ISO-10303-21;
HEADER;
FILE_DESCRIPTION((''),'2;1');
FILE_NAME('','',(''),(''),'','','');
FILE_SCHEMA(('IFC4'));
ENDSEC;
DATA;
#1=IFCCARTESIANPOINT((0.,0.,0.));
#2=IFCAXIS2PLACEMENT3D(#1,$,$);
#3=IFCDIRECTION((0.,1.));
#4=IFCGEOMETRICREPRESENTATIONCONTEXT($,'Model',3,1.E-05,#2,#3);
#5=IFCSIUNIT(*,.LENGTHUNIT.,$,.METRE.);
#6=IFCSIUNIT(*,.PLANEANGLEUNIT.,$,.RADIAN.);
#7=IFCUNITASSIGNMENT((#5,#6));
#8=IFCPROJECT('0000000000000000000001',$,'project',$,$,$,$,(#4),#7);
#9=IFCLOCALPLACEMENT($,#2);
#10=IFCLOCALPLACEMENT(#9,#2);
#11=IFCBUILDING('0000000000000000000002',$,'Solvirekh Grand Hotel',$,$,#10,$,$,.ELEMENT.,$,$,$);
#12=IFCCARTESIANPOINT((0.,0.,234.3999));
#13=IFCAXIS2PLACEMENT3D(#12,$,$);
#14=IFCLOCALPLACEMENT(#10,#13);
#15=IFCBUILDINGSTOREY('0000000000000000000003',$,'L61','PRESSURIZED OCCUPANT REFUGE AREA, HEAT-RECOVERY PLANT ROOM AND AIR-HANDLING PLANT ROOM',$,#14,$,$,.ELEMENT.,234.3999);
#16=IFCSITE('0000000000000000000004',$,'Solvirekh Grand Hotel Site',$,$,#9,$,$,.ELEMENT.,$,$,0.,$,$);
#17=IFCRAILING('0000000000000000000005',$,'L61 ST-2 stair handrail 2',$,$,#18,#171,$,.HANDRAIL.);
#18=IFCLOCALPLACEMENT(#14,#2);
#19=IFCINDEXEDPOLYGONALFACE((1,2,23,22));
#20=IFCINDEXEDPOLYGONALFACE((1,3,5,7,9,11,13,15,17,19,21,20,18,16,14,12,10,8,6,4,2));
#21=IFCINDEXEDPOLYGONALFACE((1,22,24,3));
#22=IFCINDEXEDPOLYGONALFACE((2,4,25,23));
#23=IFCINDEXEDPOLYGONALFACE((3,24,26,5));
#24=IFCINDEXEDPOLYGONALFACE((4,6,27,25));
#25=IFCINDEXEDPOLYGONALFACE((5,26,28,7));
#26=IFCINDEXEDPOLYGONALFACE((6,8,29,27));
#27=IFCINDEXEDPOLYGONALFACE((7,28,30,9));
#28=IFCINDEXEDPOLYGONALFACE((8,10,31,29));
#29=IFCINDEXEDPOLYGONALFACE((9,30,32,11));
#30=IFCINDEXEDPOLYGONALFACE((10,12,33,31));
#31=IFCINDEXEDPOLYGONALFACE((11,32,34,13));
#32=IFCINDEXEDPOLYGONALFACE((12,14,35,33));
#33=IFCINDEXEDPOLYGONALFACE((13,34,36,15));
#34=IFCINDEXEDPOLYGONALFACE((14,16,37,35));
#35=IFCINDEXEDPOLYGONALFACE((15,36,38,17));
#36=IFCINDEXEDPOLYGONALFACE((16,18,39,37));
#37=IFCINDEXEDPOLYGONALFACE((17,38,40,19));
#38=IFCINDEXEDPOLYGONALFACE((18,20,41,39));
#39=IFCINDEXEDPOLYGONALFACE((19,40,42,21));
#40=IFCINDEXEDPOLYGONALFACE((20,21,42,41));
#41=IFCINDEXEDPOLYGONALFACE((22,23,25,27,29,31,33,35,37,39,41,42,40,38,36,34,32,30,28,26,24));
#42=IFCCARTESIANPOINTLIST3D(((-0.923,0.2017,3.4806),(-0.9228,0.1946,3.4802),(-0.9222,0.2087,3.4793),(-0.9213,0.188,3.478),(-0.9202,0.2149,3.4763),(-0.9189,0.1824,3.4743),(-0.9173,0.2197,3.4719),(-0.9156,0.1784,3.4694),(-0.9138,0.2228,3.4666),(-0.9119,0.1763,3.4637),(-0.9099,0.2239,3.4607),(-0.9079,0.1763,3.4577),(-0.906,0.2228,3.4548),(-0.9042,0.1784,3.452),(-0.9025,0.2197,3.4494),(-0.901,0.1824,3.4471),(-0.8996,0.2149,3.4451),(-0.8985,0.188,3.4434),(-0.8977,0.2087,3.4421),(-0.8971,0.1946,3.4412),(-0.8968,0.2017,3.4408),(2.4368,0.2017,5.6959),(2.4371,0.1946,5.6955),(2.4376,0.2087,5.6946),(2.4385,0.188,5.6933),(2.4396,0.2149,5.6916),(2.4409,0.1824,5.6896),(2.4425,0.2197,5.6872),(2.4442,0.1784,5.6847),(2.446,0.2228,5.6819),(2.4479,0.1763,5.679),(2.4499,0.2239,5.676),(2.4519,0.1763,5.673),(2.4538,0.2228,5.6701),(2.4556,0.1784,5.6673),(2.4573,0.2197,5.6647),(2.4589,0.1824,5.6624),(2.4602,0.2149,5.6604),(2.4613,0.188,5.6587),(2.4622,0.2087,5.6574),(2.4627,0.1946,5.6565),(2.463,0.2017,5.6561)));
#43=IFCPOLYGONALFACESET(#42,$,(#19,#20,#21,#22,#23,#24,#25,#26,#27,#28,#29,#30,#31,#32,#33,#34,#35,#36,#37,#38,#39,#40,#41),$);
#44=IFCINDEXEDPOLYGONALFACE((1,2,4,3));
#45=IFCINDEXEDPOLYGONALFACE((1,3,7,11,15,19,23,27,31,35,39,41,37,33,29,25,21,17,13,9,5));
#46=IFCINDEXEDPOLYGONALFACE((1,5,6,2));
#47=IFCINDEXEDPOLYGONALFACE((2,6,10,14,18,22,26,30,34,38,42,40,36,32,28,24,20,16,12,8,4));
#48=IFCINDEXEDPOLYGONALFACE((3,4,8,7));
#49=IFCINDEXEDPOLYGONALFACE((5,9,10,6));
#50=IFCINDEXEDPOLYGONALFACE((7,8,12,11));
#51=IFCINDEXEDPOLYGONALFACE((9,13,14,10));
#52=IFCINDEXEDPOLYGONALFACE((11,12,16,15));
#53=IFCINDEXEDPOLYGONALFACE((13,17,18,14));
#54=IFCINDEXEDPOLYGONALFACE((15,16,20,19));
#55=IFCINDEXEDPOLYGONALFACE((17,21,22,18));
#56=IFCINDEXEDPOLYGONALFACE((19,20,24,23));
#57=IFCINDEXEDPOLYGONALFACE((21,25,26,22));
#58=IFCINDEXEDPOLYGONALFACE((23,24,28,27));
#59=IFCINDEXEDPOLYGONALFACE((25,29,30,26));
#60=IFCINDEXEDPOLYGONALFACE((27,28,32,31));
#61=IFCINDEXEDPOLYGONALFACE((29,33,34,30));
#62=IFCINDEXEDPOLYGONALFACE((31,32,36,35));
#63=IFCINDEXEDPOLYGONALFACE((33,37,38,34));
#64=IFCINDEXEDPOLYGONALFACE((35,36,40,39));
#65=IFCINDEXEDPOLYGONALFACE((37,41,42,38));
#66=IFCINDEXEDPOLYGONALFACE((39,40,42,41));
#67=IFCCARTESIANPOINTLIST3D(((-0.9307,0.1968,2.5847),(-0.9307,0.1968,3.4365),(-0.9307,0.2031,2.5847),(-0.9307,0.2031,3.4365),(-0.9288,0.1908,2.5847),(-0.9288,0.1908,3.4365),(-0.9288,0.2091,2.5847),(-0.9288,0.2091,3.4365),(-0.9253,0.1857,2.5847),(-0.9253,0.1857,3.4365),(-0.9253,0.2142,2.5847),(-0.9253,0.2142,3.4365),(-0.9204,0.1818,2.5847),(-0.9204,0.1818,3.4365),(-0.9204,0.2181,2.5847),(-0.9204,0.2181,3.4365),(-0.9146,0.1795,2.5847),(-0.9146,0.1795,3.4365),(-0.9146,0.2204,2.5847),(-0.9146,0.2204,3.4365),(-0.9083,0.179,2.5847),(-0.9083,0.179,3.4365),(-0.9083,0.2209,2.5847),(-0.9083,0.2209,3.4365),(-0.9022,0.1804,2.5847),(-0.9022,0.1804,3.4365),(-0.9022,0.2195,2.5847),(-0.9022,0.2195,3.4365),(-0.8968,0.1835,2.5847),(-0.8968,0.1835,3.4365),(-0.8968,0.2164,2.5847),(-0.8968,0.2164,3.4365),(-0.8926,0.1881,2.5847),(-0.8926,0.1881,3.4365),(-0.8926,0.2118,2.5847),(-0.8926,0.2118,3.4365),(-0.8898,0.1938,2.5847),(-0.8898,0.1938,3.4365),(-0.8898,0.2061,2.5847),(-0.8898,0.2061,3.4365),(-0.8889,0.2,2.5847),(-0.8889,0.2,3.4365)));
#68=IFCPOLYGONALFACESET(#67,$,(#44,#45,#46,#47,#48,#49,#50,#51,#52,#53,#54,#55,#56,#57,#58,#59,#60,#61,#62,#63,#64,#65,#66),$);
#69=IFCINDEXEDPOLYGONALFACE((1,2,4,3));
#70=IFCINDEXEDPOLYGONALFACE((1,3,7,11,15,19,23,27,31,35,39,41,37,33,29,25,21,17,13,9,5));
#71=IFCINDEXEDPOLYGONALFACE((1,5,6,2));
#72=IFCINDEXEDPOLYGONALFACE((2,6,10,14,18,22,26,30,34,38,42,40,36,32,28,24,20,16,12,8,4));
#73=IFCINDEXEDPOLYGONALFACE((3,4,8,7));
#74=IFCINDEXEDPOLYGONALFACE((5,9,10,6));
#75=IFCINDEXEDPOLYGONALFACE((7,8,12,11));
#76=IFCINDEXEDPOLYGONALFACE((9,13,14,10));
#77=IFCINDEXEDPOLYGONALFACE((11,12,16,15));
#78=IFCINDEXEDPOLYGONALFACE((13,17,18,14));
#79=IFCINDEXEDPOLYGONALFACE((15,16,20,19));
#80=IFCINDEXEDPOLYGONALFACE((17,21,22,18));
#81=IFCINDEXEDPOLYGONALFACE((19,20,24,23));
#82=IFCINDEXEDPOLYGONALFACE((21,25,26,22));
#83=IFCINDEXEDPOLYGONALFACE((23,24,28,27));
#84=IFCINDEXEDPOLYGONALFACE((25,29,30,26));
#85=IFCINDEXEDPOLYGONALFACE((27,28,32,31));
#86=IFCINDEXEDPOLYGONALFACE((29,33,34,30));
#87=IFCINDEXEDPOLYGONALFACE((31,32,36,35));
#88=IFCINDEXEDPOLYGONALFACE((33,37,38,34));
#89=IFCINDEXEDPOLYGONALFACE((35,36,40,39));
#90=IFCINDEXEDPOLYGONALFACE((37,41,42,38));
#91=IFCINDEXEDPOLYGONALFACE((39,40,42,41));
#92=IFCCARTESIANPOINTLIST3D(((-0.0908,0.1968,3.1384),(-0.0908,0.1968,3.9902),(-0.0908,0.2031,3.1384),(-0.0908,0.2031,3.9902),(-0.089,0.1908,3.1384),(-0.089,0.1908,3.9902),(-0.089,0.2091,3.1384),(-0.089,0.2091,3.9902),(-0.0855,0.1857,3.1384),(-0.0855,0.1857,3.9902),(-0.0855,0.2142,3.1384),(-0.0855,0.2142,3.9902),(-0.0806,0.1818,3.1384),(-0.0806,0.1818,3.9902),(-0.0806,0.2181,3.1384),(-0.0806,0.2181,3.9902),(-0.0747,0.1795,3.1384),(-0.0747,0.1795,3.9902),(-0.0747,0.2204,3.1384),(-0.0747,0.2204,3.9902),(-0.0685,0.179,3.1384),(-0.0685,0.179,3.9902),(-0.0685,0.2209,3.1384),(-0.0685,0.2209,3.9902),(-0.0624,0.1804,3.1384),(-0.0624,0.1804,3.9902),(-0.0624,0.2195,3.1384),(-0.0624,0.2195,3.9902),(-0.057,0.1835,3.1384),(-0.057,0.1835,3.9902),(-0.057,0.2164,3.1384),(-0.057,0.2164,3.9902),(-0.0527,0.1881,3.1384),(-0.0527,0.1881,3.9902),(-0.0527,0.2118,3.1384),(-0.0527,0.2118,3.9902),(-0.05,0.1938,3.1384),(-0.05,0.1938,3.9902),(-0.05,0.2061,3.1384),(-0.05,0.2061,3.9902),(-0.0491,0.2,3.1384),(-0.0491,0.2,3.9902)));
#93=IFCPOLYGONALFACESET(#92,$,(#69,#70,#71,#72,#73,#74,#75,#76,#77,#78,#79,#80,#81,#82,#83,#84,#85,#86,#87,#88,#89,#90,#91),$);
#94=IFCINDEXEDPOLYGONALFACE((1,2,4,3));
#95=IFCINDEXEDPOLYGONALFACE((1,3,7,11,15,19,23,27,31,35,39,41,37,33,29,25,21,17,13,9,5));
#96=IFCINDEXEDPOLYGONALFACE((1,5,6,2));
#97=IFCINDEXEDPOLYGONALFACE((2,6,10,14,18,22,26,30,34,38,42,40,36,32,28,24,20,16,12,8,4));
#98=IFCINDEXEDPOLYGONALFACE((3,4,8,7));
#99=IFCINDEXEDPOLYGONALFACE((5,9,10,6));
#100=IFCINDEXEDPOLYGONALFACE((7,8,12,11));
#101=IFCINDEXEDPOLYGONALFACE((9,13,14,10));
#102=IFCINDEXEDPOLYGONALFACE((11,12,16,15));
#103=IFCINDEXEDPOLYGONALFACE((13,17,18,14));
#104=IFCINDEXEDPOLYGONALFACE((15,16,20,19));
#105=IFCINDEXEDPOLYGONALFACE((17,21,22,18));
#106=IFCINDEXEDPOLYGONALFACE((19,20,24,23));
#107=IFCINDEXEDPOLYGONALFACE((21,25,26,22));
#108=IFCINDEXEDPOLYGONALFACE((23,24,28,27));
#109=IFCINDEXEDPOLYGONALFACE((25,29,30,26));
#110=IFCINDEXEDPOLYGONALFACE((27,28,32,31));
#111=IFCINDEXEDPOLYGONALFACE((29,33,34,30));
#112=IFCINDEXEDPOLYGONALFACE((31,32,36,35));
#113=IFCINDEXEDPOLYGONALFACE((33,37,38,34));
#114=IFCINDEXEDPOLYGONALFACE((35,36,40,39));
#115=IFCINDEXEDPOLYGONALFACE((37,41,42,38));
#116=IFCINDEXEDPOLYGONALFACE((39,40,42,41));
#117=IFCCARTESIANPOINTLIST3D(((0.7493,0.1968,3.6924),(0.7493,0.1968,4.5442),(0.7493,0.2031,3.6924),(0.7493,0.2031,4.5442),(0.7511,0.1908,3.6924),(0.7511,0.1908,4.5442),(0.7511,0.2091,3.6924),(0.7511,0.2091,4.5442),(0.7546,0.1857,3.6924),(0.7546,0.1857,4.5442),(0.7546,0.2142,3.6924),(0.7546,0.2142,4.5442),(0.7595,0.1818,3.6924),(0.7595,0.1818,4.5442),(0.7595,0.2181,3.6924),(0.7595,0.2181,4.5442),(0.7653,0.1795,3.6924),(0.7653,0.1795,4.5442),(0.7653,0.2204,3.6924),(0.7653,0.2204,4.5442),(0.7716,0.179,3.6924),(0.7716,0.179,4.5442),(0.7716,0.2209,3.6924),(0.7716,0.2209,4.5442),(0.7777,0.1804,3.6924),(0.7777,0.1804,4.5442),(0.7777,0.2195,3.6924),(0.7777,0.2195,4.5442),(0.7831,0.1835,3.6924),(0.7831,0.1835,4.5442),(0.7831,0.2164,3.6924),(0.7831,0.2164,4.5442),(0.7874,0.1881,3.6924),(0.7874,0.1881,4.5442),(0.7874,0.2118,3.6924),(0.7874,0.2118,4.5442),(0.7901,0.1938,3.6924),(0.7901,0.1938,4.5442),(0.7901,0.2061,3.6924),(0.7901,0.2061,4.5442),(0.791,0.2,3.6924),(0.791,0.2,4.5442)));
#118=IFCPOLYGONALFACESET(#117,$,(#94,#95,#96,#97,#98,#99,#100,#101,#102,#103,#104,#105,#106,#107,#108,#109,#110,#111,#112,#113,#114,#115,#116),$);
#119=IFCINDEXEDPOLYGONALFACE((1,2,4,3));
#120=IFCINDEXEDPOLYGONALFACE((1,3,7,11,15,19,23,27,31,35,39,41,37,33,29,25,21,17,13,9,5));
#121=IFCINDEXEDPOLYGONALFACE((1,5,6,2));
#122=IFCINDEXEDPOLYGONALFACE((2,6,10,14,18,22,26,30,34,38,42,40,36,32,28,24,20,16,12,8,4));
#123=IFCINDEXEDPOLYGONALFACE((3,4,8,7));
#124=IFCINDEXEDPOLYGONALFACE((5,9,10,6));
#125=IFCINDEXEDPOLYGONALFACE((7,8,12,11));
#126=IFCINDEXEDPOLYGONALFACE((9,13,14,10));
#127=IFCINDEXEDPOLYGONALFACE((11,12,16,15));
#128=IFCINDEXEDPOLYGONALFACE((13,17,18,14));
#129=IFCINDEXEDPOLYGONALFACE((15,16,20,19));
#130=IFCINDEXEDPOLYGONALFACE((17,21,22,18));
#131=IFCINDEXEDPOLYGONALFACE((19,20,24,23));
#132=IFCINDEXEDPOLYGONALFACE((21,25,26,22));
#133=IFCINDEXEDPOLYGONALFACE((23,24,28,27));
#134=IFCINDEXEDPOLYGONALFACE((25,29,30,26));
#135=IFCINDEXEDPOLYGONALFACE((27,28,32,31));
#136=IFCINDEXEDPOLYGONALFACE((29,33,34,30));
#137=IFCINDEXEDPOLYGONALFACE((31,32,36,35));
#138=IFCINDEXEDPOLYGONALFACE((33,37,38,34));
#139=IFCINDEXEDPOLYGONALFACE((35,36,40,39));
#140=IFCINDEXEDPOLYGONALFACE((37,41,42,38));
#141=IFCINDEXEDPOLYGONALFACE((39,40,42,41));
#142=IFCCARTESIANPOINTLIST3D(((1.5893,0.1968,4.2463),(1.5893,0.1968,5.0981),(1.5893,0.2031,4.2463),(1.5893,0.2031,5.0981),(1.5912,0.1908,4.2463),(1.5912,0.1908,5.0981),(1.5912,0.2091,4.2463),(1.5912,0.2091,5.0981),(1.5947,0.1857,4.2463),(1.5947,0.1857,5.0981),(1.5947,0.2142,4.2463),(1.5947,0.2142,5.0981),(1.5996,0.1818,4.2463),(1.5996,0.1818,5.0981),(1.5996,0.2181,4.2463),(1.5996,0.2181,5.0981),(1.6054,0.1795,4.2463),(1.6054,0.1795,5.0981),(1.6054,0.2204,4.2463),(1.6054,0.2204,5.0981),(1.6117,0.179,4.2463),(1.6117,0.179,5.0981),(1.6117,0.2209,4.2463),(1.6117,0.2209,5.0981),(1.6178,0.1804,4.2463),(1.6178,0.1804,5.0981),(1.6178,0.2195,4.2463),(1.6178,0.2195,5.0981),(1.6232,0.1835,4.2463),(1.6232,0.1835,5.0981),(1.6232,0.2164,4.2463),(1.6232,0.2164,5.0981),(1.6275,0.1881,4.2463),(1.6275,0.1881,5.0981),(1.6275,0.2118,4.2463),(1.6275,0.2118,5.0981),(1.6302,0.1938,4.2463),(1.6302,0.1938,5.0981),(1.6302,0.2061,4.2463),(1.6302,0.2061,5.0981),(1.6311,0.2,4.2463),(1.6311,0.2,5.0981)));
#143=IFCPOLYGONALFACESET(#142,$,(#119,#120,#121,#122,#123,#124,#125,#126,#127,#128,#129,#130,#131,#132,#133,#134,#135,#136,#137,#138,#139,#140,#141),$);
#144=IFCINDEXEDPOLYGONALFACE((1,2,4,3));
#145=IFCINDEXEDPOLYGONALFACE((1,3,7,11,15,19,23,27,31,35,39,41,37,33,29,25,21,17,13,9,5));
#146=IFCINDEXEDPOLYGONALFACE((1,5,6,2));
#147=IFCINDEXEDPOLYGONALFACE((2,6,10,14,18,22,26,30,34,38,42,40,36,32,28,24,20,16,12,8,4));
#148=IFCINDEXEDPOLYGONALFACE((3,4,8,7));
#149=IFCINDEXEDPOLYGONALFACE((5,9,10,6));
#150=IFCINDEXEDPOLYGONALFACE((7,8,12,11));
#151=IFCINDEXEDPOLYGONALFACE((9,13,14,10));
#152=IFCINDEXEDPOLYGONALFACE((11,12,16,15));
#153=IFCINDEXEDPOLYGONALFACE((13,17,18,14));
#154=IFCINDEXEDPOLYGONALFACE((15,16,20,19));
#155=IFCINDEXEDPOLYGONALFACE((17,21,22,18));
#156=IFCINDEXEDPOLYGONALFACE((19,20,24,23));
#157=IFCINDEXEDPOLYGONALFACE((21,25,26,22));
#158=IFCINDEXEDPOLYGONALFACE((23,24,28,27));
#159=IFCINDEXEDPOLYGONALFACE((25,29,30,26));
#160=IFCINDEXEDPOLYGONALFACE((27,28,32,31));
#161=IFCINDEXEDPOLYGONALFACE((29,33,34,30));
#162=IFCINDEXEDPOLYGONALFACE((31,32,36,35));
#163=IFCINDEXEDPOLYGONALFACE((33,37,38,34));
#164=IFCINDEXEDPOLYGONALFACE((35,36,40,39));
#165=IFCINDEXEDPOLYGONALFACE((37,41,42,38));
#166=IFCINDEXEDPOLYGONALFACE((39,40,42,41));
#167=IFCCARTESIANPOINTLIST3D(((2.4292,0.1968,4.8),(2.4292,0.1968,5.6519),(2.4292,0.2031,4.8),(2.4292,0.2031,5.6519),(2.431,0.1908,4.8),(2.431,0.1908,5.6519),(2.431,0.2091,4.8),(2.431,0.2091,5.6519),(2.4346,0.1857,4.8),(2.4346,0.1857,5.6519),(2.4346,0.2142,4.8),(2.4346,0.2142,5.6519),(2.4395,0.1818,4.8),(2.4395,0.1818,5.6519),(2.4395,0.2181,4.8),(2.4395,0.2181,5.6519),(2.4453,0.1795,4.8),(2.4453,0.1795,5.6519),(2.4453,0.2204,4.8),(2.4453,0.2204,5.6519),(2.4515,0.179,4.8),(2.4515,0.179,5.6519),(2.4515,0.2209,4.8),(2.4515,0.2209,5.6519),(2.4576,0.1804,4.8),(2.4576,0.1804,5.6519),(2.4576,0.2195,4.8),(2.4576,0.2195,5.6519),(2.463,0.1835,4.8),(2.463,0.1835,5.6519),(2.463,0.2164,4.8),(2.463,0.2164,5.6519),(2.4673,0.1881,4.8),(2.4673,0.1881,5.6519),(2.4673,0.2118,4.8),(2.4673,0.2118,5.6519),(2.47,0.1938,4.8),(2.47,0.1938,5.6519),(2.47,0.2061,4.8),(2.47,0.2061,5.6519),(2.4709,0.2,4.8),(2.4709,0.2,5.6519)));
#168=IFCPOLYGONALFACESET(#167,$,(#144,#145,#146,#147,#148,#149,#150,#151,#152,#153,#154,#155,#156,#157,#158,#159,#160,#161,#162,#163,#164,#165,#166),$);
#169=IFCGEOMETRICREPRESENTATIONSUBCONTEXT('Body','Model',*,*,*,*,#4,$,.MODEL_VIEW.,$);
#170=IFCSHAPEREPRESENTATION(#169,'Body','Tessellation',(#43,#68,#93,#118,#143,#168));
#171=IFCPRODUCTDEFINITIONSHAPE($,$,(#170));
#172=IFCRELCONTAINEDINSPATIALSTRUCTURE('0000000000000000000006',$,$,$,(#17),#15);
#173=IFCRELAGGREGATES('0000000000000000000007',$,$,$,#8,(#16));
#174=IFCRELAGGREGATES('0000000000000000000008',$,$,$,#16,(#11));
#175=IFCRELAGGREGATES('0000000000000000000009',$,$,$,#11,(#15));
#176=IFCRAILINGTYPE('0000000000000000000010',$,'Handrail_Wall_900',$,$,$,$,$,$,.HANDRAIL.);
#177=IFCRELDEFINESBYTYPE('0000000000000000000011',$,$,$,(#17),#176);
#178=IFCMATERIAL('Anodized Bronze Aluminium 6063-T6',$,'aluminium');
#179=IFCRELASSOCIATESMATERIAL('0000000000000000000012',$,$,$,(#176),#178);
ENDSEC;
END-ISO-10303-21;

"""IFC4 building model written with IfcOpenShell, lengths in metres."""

from ifc_helpers import new_model, si_unit, direction, frame, origin, origin_2d, place, context, subcontext, project, spatial, circle, extrude, material, type_object, element, save


model = new_model("IFC4")

# Units and contexts
model_context = context("Model", 3, precision=1e-05, world=origin(), true_north=direction((0.0, 1.0)))
body_context = subcontext(model_context, "Body", "Model", "MODEL_VIEW")
ifc_project = project(units=[si_unit("LENGTHUNIT", "METRE"), si_unit("PLANEANGLEUNIT", "RADIAN")], contexts=[model_context])

# Site, building, storey
site_placement = place(None, origin())
site = spatial("IfcSite", under=ifc_project, at=site_placement, Name="Solvirekh Grand Hotel Site", CompositionType="ELEMENT", RefElevation=0.0)
building_placement = place(site_placement, origin())
building = spatial("IfcBuilding", under=site, at=building_placement, Name="Solvirekh Grand Hotel", CompositionType="ELEMENT")
storey_placement = place(building_placement, frame((0.0, 0.0, 234.3999)))
storey = spatial("IfcBuildingStorey", under=building, at=storey_placement, Name="L61", Description="PRESSURIZED OCCUPANT REFUGE AREA, HEAT-RECOVERY PLANT ROOM AND AIR-HANDLING PLANT ROOM", CompositionType="ELEMENT", Elevation=234.3999)

# Railing
ifc_material_1 = material(Name="Anodized Bronze Aluminium 6063-T6", Category="aluminium")
railing_type_1 = type_object("IfcRailingType", Name="Handrail_Wall_900", PredefinedType="HANDRAIL", material=ifc_material_1)
railing_1_placement = place(storey_placement, frame((-0.9099, 0.2, 2.5847)))
element("IfcRailing", 1, at=railing_1_placement, inside=storey, type_object=railing_type_1, Name="L61 ST-2 stair handrail 2", PredefinedType="HANDRAIL", context=body_context, shape_type="SweptSolid", body=[
    extrude(circle(Radius=0.0239, at=origin_2d()), frame((0.0, 0.0, 0.876), z_axis=(0.834858, 0.0, 0.550465), x_axis=(0.0, 1.0, 0.0)), (0.0, 0.0, 1.0), 4.0244),
    extrude(circle(Radius=0.021, at=origin_2d()), origin(), (0.0, 0.0, 1.0), 0.8518),
    extrude(circle(Radius=0.021, at=origin_2d()), frame((0.8398, 0.0, 0.5537)), (0.0, 0.0, 1.0), 0.8518),
    extrude(circle(Radius=0.021, at=origin_2d()), frame((1.6799, 0.0, 1.1077)), (0.0, 0.0, 1.0), 0.8518),
    extrude(circle(Radius=0.021, at=origin_2d()), frame((2.52, 0.0, 1.6616)), (0.0, 0.0, 1.0), 0.8518),
    extrude(circle(Radius=0.021, at=origin_2d()), frame((3.3599, 0.0, 2.2153)), (0.0, 0.0, 1.0), 0.8518),
])

save(model, "model.ifc")
